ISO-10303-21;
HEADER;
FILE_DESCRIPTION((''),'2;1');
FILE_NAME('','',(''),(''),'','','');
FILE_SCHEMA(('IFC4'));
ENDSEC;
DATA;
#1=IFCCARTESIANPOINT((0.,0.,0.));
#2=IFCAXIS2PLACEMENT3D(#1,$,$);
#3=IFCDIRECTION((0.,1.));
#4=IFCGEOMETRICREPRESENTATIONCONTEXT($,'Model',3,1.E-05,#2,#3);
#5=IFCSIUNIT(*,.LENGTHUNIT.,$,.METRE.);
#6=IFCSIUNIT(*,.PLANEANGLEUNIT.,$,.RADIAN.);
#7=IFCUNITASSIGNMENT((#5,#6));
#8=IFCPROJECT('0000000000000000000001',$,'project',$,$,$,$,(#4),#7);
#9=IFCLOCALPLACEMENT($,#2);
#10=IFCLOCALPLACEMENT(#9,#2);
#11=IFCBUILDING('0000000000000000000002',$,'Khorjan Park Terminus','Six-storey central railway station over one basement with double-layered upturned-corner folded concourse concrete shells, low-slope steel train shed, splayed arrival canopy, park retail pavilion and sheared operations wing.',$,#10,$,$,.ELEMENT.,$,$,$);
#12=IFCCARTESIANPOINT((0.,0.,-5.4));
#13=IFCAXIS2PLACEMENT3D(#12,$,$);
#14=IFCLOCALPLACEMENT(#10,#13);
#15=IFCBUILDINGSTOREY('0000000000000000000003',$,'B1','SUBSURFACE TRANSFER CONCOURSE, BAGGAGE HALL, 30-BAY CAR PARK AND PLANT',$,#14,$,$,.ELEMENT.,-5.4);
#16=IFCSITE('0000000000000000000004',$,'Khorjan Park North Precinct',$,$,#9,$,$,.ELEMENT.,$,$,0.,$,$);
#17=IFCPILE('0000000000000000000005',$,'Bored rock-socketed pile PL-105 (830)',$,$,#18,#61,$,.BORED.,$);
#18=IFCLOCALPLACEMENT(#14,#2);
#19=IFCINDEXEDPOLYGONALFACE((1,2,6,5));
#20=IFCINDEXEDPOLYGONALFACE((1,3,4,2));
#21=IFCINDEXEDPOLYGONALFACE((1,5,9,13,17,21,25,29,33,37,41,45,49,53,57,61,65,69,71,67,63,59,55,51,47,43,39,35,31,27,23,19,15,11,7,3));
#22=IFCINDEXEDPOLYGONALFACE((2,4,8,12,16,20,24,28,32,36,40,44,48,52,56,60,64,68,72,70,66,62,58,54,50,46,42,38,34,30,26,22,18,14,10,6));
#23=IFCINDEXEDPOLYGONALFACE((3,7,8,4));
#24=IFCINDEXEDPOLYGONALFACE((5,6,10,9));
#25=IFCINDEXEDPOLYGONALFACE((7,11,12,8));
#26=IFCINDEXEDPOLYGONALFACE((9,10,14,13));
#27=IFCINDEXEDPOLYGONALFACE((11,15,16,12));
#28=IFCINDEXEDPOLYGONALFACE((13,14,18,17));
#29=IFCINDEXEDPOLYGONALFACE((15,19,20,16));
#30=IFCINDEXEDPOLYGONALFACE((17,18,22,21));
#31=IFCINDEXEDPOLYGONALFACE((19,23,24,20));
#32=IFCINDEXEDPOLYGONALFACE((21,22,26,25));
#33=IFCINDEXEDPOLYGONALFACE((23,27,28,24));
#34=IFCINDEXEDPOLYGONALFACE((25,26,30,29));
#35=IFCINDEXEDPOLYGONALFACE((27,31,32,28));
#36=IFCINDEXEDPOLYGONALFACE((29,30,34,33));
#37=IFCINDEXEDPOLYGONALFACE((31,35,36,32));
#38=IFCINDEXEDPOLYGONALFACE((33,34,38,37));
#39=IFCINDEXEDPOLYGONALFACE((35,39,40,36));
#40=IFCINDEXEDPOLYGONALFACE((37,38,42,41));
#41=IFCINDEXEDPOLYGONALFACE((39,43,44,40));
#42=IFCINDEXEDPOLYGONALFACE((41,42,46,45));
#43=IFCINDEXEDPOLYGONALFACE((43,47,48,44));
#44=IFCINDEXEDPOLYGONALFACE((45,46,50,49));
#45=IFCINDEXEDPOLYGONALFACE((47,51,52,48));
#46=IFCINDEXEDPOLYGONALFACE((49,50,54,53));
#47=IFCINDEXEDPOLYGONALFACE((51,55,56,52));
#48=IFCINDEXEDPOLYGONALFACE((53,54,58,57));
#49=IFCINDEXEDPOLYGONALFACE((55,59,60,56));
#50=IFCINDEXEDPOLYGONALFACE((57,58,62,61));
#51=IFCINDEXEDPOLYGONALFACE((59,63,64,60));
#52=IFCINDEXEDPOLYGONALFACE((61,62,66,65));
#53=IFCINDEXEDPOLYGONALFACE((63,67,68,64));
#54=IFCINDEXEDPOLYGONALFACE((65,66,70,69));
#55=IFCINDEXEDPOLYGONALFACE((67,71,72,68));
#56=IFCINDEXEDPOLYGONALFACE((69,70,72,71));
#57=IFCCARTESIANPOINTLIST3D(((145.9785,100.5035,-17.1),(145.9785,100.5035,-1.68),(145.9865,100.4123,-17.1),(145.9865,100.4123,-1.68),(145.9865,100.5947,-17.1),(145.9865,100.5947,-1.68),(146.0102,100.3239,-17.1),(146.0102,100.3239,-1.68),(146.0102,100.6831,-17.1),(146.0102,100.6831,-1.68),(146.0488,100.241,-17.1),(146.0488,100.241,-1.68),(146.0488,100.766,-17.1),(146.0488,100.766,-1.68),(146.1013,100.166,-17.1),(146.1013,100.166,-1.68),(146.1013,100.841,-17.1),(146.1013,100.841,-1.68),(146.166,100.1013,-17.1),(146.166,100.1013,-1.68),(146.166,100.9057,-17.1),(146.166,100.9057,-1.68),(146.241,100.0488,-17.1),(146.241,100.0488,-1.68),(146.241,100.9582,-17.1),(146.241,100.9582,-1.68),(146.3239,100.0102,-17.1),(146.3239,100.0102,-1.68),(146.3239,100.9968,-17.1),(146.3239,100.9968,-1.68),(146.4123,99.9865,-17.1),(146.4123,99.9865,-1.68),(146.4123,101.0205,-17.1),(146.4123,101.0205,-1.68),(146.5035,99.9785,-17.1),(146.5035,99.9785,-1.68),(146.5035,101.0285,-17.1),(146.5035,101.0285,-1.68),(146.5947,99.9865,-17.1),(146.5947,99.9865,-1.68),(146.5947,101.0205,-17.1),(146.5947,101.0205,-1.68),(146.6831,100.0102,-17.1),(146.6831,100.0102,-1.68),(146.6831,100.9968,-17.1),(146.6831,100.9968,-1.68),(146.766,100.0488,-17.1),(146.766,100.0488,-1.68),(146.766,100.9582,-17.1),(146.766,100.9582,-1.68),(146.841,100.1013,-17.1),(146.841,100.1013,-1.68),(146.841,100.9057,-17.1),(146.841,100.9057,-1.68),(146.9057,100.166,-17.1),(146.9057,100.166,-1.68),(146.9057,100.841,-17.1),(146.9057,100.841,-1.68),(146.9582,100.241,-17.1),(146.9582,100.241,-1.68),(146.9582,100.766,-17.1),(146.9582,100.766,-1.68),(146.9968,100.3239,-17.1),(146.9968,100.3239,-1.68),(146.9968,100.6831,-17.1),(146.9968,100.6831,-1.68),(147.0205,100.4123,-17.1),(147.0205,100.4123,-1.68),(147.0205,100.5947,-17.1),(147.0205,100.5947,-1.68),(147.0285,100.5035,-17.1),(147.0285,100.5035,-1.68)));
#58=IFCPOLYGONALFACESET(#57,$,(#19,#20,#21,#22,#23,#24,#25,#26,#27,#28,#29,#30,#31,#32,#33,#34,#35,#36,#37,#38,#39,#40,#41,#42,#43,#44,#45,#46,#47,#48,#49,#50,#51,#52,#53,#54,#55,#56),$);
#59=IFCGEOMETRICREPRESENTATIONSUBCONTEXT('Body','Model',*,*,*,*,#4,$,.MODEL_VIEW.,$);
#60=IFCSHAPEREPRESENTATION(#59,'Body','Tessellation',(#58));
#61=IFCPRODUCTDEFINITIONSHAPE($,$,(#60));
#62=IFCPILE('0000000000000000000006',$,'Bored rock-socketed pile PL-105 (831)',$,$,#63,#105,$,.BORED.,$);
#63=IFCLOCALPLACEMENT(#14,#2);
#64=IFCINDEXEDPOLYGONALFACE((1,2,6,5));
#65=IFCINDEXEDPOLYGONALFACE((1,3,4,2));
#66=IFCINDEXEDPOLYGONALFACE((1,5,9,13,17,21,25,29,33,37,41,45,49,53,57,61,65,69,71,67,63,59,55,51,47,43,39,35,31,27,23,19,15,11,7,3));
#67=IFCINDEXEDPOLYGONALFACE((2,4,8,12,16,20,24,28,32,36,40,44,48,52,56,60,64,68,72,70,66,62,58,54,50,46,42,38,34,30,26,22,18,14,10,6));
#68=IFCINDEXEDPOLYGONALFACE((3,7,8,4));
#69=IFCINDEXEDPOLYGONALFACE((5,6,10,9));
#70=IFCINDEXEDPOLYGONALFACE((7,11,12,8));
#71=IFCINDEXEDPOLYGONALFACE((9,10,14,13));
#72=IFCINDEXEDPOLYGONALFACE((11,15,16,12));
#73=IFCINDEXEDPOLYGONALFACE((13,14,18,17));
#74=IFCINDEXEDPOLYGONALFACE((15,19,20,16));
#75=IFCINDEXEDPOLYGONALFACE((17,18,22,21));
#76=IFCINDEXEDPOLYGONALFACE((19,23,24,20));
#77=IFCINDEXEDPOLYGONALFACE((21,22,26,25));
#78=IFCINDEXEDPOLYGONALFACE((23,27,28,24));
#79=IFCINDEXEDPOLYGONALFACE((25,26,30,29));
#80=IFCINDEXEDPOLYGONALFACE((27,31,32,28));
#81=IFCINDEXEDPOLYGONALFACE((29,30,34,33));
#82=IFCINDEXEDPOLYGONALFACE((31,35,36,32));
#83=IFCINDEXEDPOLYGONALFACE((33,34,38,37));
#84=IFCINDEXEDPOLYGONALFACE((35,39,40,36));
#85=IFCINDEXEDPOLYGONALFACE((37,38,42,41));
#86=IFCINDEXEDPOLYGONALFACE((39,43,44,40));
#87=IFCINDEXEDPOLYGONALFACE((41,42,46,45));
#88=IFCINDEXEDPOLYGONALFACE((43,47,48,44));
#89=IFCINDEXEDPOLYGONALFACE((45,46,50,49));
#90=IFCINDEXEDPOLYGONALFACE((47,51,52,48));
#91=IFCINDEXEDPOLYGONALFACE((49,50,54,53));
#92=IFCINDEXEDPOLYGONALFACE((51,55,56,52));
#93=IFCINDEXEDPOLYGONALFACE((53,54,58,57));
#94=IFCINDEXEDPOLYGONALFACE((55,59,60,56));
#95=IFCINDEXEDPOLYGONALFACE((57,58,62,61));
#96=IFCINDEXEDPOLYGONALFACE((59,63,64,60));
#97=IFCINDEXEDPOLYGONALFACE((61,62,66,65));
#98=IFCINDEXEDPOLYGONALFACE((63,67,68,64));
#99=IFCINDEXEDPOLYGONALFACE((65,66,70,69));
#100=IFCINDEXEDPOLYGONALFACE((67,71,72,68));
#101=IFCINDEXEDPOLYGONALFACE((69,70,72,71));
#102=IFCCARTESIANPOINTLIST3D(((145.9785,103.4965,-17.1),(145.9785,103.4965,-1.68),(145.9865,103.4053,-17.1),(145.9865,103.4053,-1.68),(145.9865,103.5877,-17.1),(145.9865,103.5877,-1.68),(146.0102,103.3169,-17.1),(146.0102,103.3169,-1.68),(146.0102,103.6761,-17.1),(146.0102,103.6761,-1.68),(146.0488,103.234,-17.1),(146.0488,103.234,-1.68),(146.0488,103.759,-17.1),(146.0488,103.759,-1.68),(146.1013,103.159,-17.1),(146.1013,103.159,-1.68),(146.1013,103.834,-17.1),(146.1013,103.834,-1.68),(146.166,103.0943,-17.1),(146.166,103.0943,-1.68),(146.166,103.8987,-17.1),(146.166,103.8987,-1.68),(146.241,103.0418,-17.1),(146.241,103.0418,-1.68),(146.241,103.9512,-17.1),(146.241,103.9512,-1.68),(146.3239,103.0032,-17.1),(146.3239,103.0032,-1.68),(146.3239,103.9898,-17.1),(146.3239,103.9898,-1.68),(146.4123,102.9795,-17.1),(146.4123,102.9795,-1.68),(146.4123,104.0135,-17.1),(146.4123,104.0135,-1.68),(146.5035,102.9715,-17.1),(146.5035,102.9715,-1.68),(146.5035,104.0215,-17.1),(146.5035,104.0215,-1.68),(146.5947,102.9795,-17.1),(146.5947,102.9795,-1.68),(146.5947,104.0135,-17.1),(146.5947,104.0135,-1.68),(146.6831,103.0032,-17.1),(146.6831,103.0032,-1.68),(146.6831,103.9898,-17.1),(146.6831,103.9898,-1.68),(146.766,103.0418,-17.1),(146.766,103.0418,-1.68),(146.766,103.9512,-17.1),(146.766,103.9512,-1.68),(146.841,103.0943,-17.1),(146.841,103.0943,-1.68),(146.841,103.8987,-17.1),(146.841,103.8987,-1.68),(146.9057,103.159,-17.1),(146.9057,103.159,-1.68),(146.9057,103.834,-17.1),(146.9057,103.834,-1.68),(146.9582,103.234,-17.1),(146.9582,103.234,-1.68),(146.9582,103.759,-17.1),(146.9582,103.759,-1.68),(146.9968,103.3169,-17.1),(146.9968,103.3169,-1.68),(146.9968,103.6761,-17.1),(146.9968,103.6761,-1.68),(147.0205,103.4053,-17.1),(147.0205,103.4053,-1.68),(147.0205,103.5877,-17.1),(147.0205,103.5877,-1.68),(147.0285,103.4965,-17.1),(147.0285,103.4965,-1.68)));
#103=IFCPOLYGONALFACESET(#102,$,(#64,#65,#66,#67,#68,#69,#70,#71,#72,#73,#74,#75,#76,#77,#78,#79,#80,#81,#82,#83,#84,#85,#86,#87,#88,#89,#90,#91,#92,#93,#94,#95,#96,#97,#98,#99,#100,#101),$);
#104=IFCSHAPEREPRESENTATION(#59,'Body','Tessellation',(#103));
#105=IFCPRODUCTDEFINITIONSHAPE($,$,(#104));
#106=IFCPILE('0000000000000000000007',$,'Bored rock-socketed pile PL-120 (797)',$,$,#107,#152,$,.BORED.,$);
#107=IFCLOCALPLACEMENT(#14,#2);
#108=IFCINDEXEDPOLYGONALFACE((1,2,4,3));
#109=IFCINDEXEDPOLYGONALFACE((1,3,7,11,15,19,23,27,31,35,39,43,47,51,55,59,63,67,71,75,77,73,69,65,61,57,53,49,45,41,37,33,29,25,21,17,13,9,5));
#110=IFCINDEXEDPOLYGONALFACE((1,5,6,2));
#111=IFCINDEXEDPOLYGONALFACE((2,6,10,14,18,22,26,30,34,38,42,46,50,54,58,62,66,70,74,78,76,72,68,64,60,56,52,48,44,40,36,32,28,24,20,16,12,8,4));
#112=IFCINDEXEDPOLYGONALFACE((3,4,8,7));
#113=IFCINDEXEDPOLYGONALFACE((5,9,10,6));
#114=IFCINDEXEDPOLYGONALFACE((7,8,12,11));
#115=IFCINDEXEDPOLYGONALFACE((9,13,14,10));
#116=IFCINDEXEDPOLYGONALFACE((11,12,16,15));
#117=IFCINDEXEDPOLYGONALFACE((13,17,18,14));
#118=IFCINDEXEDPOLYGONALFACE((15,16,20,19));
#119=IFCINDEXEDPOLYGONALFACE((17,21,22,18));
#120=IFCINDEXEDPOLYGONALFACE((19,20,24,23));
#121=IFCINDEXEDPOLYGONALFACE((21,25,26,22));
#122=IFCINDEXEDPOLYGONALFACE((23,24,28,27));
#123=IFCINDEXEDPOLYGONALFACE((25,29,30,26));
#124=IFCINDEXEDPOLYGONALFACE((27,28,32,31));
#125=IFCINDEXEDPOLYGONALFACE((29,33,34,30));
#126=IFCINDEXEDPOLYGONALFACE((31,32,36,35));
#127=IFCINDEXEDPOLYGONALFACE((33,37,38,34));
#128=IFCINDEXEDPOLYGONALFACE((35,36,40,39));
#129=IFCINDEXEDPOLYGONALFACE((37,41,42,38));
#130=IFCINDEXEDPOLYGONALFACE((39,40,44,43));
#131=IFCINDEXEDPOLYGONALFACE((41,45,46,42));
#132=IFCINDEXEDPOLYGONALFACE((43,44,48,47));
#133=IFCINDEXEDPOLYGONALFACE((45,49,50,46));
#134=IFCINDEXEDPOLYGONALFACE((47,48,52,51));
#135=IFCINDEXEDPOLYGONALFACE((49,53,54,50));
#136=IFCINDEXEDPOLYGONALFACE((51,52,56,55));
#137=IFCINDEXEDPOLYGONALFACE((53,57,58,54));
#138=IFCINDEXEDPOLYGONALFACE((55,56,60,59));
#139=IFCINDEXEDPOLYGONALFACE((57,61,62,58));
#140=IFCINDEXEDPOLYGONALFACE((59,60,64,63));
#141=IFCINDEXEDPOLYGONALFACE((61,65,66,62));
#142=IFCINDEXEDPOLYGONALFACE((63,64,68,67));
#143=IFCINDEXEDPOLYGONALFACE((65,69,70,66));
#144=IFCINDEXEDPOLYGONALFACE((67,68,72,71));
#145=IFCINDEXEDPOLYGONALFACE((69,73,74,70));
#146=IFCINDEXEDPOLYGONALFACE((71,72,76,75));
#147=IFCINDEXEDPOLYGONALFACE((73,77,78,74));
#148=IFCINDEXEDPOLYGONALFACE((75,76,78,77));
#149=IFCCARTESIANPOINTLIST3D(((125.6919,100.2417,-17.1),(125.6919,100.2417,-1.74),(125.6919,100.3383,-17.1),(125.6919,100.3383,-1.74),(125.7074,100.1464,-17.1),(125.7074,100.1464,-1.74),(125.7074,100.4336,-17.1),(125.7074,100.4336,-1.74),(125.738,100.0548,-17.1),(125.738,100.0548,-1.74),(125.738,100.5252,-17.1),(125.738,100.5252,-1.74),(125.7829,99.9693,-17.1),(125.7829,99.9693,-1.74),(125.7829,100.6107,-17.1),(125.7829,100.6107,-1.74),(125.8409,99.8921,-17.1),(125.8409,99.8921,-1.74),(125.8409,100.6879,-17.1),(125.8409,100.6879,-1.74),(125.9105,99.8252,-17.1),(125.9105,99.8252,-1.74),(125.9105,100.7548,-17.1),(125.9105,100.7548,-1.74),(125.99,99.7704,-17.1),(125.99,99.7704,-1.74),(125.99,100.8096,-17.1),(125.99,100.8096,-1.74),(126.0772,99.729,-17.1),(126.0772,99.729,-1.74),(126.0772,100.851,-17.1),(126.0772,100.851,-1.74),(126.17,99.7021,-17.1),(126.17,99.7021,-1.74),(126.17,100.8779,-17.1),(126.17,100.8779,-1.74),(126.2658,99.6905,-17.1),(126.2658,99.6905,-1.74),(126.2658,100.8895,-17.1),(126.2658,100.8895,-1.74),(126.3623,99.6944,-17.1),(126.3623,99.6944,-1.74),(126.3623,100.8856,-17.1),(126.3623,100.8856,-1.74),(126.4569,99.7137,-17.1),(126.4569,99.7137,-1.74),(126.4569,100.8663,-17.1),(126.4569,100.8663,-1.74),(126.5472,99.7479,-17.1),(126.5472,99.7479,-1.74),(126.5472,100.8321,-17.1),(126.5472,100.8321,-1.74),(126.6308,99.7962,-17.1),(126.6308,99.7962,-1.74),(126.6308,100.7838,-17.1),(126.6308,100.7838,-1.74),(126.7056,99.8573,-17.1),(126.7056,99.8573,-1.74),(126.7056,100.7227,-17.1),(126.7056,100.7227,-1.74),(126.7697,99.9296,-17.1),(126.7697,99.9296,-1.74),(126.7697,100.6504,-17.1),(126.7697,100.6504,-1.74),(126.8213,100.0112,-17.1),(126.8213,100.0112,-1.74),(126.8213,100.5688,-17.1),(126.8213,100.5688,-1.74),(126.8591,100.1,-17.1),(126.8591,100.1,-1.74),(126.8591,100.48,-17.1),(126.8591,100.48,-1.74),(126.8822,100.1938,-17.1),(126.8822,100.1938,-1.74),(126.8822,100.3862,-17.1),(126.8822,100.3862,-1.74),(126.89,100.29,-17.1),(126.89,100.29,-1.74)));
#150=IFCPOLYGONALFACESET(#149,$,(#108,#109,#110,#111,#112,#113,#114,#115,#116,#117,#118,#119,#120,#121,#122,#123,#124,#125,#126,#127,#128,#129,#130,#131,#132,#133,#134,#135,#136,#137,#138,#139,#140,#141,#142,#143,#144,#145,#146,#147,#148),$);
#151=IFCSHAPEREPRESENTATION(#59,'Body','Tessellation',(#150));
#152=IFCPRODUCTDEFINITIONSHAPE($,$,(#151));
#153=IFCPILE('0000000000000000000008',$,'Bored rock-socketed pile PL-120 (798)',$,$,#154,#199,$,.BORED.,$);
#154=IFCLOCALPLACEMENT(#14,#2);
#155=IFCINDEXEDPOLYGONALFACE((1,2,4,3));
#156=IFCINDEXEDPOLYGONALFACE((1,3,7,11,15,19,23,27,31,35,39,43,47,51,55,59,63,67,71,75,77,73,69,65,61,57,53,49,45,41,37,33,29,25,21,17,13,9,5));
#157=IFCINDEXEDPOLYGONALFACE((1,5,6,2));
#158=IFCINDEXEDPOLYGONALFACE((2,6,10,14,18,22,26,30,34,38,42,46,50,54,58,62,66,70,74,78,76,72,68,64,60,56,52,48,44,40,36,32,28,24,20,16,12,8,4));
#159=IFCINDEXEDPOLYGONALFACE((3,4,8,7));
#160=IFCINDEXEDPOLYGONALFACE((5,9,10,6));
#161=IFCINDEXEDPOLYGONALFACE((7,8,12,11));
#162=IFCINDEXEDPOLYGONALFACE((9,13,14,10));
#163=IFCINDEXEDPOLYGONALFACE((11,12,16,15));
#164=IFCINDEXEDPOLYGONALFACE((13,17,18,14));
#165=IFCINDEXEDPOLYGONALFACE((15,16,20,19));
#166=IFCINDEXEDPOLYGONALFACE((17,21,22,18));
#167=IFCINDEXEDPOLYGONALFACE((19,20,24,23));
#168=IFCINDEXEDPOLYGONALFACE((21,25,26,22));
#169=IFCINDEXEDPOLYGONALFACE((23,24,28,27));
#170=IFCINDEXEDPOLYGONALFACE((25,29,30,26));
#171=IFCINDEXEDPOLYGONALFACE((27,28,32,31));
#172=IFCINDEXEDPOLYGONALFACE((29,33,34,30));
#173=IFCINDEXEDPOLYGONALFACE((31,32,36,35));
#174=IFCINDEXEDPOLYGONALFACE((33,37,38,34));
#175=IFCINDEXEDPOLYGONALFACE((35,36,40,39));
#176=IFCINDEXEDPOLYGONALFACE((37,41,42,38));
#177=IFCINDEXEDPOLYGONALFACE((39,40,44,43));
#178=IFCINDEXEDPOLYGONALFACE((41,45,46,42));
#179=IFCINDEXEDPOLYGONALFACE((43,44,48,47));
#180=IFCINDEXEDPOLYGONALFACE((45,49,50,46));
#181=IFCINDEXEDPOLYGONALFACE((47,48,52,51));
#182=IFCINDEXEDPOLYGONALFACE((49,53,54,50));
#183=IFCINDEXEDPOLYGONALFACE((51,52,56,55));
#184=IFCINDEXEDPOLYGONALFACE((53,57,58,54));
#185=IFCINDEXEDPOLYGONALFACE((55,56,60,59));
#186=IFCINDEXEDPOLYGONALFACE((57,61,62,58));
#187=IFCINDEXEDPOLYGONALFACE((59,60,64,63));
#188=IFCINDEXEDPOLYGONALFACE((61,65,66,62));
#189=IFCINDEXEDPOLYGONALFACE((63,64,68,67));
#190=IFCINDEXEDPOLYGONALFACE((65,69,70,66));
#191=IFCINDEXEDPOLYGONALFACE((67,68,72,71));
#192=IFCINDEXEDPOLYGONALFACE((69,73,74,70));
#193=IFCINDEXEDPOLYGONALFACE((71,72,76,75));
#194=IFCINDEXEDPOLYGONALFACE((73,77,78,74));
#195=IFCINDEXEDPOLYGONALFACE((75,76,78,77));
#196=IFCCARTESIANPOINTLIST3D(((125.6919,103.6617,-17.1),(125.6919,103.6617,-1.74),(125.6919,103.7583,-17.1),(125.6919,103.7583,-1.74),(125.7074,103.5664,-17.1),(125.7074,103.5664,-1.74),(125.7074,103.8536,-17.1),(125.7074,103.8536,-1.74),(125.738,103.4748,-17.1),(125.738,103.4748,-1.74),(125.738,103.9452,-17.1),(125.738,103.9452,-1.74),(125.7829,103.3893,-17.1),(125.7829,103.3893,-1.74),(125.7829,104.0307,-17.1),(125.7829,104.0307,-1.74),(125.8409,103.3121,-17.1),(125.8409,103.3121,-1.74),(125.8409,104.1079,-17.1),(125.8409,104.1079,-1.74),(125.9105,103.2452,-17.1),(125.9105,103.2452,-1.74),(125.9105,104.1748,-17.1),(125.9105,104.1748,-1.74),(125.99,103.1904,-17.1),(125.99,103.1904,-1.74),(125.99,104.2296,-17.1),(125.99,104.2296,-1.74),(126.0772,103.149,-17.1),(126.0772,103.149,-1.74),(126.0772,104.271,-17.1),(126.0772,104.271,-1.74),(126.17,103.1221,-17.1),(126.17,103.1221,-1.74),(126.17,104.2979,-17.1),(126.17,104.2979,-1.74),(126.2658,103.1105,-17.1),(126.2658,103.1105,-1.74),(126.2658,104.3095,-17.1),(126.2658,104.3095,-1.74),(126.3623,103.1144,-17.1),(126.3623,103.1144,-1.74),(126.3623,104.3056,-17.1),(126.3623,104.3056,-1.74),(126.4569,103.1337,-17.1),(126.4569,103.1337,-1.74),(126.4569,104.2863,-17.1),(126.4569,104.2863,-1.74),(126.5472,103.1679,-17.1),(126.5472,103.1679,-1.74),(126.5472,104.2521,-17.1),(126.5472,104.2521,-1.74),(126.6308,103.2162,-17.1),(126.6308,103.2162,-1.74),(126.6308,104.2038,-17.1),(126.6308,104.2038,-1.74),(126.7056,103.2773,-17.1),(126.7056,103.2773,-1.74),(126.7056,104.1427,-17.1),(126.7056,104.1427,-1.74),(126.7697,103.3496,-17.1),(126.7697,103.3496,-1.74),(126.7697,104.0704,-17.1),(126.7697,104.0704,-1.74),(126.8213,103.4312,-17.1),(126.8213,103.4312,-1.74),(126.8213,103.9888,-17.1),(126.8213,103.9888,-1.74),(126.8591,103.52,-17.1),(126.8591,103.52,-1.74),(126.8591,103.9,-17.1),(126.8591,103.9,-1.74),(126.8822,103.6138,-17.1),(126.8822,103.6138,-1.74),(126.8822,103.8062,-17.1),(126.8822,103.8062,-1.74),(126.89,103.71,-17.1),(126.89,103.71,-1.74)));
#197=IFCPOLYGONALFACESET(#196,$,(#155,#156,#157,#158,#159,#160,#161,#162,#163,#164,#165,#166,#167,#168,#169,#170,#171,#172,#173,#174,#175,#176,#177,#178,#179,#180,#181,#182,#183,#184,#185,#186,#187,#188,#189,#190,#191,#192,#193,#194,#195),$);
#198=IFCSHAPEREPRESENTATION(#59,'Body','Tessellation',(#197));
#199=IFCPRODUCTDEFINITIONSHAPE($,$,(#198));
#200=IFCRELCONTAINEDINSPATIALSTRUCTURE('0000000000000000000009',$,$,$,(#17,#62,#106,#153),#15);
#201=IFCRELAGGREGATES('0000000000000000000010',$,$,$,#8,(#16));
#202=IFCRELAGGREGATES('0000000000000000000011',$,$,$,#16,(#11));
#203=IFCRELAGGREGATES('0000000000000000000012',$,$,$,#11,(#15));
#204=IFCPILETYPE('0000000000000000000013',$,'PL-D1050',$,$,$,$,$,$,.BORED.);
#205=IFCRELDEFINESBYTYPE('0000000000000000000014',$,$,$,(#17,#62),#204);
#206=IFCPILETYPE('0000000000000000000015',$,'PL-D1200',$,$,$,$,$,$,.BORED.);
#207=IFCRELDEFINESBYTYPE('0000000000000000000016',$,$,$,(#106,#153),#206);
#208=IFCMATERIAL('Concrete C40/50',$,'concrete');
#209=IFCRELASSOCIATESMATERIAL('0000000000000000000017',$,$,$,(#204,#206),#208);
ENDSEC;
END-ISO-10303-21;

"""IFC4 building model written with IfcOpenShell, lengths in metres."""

from ifc_helpers import new_model, si_unit, direction, frame, origin, origin_2d, place, context, subcontext, project, spatial, circle, extrude, material, material_profile, profile_set, type_object, element, save


model = new_model("IFC4")

# Units and contexts
model_context = context("Model", 3, precision=1e-05, world=origin(), true_north=direction((0.0, 1.0)))
body_context = subcontext(model_context, "Body", "Model", "MODEL_VIEW")
ifc_project = project(units=[si_unit("LENGTHUNIT", "METRE"), si_unit("PLANEANGLEUNIT", "RADIAN")], contexts=[model_context])

# Site, building, storey
site_placement = place(None, origin())
site = spatial("IfcSite", under=ifc_project, at=site_placement, Name="Khorjan Park North Precinct", CompositionType="ELEMENT", RefElevation=0.0)
building_placement = place(site_placement, origin())
building = spatial("IfcBuilding", under=site, at=building_placement, Name="Khorjan Park Terminus", Description="Six-storey central railway station over one basement with double-layered upturned-corner folded concourse concrete shells, low-slope steel train shed, splayed arrival canopy, park retail pavilion and sheared operations wing.", CompositionType="ELEMENT")
storey_placement = place(building_placement, frame((0.0, 0.0, -5.4)))
storey = spatial("IfcBuildingStorey", under=building, at=storey_placement, Name="B1", Description="SUBSURFACE TRANSFER CONCOURSE, BAGGAGE HALL, 30-BAY CAR PARK AND PLANT", CompositionType="ELEMENT", Elevation=-5.4)

# Shared definitions
ifc_material_1 = material(Name="Concrete C40/50", Category="concrete")

# Piles
ifc_material_profile_1 = material_profile(ifc_material_1, circle(Radius=0.525, at=origin_2d()), Name="BORED D1050")
ifc_profile_set_1 = profile_set([ifc_material_profile_1], Name="Concrete C40/50")
pile_type_1 = type_object("IfcPileType", Name="PL-D1050", PredefinedType="BORED", material=ifc_profile_set_1)
for number, where, z_axis, x_axis, name in (
    (1, (146.5035, 100.5035, -1.68), (0.0, 0.0, -1.0), (1.0, 0.0, 0.0), "Bored rock-socketed pile PL-105 (830)"),
    (2, (146.5035, 103.4965, -1.68), (0.0, 0.0, -1.0), (1.0, 0.0, 0.0), "Bored rock-socketed pile PL-105 (831)"),
):
    element("IfcPile", number, at=place(storey_placement, frame(where, z_axis=z_axis, x_axis=x_axis)), inside=storey, type_object=pile_type_1, Name=name, PredefinedType="BORED", context=body_context, shape_type="SweptSolid", body=[
        extrude(circle(Radius=0.525, at=origin_2d()), origin(), (0.0, 0.0, 1.0), 15.42),
    ])
ifc_material_profile_2 = material_profile(ifc_material_1, circle(Radius=0.6, at=origin_2d()), Name="BORED D1200")
ifc_profile_set_2 = profile_set([ifc_material_profile_2], Name="Concrete C40/50")
pile_type_2 = type_object("IfcPileType", Name="PL-D1200", PredefinedType="BORED", material=ifc_profile_set_2)
for number, where, z_axis, x_axis, name in (
    (3, (126.29, 100.29, -1.74), (0.0, 0.0, -1.0), (1.0, 0.0, 0.0), "Bored rock-socketed pile PL-120 (797)"),
    (4, (126.29, 103.71, -1.74), (0.0, 0.0, -1.0), (1.0, 0.0, 0.0), "Bored rock-socketed pile PL-120 (798)"),
):
    element("IfcPile", number, at=place(storey_placement, frame(where, z_axis=z_axis, x_axis=x_axis)), inside=storey, type_object=pile_type_2, Name=name, PredefinedType="BORED", context=body_context, shape_type="SweptSolid", body=[
        extrude(circle(Radius=0.6, at=origin_2d()), origin(), (0.0, 0.0, 1.0), 15.36),
    ])

save(model, "model.ifc")
